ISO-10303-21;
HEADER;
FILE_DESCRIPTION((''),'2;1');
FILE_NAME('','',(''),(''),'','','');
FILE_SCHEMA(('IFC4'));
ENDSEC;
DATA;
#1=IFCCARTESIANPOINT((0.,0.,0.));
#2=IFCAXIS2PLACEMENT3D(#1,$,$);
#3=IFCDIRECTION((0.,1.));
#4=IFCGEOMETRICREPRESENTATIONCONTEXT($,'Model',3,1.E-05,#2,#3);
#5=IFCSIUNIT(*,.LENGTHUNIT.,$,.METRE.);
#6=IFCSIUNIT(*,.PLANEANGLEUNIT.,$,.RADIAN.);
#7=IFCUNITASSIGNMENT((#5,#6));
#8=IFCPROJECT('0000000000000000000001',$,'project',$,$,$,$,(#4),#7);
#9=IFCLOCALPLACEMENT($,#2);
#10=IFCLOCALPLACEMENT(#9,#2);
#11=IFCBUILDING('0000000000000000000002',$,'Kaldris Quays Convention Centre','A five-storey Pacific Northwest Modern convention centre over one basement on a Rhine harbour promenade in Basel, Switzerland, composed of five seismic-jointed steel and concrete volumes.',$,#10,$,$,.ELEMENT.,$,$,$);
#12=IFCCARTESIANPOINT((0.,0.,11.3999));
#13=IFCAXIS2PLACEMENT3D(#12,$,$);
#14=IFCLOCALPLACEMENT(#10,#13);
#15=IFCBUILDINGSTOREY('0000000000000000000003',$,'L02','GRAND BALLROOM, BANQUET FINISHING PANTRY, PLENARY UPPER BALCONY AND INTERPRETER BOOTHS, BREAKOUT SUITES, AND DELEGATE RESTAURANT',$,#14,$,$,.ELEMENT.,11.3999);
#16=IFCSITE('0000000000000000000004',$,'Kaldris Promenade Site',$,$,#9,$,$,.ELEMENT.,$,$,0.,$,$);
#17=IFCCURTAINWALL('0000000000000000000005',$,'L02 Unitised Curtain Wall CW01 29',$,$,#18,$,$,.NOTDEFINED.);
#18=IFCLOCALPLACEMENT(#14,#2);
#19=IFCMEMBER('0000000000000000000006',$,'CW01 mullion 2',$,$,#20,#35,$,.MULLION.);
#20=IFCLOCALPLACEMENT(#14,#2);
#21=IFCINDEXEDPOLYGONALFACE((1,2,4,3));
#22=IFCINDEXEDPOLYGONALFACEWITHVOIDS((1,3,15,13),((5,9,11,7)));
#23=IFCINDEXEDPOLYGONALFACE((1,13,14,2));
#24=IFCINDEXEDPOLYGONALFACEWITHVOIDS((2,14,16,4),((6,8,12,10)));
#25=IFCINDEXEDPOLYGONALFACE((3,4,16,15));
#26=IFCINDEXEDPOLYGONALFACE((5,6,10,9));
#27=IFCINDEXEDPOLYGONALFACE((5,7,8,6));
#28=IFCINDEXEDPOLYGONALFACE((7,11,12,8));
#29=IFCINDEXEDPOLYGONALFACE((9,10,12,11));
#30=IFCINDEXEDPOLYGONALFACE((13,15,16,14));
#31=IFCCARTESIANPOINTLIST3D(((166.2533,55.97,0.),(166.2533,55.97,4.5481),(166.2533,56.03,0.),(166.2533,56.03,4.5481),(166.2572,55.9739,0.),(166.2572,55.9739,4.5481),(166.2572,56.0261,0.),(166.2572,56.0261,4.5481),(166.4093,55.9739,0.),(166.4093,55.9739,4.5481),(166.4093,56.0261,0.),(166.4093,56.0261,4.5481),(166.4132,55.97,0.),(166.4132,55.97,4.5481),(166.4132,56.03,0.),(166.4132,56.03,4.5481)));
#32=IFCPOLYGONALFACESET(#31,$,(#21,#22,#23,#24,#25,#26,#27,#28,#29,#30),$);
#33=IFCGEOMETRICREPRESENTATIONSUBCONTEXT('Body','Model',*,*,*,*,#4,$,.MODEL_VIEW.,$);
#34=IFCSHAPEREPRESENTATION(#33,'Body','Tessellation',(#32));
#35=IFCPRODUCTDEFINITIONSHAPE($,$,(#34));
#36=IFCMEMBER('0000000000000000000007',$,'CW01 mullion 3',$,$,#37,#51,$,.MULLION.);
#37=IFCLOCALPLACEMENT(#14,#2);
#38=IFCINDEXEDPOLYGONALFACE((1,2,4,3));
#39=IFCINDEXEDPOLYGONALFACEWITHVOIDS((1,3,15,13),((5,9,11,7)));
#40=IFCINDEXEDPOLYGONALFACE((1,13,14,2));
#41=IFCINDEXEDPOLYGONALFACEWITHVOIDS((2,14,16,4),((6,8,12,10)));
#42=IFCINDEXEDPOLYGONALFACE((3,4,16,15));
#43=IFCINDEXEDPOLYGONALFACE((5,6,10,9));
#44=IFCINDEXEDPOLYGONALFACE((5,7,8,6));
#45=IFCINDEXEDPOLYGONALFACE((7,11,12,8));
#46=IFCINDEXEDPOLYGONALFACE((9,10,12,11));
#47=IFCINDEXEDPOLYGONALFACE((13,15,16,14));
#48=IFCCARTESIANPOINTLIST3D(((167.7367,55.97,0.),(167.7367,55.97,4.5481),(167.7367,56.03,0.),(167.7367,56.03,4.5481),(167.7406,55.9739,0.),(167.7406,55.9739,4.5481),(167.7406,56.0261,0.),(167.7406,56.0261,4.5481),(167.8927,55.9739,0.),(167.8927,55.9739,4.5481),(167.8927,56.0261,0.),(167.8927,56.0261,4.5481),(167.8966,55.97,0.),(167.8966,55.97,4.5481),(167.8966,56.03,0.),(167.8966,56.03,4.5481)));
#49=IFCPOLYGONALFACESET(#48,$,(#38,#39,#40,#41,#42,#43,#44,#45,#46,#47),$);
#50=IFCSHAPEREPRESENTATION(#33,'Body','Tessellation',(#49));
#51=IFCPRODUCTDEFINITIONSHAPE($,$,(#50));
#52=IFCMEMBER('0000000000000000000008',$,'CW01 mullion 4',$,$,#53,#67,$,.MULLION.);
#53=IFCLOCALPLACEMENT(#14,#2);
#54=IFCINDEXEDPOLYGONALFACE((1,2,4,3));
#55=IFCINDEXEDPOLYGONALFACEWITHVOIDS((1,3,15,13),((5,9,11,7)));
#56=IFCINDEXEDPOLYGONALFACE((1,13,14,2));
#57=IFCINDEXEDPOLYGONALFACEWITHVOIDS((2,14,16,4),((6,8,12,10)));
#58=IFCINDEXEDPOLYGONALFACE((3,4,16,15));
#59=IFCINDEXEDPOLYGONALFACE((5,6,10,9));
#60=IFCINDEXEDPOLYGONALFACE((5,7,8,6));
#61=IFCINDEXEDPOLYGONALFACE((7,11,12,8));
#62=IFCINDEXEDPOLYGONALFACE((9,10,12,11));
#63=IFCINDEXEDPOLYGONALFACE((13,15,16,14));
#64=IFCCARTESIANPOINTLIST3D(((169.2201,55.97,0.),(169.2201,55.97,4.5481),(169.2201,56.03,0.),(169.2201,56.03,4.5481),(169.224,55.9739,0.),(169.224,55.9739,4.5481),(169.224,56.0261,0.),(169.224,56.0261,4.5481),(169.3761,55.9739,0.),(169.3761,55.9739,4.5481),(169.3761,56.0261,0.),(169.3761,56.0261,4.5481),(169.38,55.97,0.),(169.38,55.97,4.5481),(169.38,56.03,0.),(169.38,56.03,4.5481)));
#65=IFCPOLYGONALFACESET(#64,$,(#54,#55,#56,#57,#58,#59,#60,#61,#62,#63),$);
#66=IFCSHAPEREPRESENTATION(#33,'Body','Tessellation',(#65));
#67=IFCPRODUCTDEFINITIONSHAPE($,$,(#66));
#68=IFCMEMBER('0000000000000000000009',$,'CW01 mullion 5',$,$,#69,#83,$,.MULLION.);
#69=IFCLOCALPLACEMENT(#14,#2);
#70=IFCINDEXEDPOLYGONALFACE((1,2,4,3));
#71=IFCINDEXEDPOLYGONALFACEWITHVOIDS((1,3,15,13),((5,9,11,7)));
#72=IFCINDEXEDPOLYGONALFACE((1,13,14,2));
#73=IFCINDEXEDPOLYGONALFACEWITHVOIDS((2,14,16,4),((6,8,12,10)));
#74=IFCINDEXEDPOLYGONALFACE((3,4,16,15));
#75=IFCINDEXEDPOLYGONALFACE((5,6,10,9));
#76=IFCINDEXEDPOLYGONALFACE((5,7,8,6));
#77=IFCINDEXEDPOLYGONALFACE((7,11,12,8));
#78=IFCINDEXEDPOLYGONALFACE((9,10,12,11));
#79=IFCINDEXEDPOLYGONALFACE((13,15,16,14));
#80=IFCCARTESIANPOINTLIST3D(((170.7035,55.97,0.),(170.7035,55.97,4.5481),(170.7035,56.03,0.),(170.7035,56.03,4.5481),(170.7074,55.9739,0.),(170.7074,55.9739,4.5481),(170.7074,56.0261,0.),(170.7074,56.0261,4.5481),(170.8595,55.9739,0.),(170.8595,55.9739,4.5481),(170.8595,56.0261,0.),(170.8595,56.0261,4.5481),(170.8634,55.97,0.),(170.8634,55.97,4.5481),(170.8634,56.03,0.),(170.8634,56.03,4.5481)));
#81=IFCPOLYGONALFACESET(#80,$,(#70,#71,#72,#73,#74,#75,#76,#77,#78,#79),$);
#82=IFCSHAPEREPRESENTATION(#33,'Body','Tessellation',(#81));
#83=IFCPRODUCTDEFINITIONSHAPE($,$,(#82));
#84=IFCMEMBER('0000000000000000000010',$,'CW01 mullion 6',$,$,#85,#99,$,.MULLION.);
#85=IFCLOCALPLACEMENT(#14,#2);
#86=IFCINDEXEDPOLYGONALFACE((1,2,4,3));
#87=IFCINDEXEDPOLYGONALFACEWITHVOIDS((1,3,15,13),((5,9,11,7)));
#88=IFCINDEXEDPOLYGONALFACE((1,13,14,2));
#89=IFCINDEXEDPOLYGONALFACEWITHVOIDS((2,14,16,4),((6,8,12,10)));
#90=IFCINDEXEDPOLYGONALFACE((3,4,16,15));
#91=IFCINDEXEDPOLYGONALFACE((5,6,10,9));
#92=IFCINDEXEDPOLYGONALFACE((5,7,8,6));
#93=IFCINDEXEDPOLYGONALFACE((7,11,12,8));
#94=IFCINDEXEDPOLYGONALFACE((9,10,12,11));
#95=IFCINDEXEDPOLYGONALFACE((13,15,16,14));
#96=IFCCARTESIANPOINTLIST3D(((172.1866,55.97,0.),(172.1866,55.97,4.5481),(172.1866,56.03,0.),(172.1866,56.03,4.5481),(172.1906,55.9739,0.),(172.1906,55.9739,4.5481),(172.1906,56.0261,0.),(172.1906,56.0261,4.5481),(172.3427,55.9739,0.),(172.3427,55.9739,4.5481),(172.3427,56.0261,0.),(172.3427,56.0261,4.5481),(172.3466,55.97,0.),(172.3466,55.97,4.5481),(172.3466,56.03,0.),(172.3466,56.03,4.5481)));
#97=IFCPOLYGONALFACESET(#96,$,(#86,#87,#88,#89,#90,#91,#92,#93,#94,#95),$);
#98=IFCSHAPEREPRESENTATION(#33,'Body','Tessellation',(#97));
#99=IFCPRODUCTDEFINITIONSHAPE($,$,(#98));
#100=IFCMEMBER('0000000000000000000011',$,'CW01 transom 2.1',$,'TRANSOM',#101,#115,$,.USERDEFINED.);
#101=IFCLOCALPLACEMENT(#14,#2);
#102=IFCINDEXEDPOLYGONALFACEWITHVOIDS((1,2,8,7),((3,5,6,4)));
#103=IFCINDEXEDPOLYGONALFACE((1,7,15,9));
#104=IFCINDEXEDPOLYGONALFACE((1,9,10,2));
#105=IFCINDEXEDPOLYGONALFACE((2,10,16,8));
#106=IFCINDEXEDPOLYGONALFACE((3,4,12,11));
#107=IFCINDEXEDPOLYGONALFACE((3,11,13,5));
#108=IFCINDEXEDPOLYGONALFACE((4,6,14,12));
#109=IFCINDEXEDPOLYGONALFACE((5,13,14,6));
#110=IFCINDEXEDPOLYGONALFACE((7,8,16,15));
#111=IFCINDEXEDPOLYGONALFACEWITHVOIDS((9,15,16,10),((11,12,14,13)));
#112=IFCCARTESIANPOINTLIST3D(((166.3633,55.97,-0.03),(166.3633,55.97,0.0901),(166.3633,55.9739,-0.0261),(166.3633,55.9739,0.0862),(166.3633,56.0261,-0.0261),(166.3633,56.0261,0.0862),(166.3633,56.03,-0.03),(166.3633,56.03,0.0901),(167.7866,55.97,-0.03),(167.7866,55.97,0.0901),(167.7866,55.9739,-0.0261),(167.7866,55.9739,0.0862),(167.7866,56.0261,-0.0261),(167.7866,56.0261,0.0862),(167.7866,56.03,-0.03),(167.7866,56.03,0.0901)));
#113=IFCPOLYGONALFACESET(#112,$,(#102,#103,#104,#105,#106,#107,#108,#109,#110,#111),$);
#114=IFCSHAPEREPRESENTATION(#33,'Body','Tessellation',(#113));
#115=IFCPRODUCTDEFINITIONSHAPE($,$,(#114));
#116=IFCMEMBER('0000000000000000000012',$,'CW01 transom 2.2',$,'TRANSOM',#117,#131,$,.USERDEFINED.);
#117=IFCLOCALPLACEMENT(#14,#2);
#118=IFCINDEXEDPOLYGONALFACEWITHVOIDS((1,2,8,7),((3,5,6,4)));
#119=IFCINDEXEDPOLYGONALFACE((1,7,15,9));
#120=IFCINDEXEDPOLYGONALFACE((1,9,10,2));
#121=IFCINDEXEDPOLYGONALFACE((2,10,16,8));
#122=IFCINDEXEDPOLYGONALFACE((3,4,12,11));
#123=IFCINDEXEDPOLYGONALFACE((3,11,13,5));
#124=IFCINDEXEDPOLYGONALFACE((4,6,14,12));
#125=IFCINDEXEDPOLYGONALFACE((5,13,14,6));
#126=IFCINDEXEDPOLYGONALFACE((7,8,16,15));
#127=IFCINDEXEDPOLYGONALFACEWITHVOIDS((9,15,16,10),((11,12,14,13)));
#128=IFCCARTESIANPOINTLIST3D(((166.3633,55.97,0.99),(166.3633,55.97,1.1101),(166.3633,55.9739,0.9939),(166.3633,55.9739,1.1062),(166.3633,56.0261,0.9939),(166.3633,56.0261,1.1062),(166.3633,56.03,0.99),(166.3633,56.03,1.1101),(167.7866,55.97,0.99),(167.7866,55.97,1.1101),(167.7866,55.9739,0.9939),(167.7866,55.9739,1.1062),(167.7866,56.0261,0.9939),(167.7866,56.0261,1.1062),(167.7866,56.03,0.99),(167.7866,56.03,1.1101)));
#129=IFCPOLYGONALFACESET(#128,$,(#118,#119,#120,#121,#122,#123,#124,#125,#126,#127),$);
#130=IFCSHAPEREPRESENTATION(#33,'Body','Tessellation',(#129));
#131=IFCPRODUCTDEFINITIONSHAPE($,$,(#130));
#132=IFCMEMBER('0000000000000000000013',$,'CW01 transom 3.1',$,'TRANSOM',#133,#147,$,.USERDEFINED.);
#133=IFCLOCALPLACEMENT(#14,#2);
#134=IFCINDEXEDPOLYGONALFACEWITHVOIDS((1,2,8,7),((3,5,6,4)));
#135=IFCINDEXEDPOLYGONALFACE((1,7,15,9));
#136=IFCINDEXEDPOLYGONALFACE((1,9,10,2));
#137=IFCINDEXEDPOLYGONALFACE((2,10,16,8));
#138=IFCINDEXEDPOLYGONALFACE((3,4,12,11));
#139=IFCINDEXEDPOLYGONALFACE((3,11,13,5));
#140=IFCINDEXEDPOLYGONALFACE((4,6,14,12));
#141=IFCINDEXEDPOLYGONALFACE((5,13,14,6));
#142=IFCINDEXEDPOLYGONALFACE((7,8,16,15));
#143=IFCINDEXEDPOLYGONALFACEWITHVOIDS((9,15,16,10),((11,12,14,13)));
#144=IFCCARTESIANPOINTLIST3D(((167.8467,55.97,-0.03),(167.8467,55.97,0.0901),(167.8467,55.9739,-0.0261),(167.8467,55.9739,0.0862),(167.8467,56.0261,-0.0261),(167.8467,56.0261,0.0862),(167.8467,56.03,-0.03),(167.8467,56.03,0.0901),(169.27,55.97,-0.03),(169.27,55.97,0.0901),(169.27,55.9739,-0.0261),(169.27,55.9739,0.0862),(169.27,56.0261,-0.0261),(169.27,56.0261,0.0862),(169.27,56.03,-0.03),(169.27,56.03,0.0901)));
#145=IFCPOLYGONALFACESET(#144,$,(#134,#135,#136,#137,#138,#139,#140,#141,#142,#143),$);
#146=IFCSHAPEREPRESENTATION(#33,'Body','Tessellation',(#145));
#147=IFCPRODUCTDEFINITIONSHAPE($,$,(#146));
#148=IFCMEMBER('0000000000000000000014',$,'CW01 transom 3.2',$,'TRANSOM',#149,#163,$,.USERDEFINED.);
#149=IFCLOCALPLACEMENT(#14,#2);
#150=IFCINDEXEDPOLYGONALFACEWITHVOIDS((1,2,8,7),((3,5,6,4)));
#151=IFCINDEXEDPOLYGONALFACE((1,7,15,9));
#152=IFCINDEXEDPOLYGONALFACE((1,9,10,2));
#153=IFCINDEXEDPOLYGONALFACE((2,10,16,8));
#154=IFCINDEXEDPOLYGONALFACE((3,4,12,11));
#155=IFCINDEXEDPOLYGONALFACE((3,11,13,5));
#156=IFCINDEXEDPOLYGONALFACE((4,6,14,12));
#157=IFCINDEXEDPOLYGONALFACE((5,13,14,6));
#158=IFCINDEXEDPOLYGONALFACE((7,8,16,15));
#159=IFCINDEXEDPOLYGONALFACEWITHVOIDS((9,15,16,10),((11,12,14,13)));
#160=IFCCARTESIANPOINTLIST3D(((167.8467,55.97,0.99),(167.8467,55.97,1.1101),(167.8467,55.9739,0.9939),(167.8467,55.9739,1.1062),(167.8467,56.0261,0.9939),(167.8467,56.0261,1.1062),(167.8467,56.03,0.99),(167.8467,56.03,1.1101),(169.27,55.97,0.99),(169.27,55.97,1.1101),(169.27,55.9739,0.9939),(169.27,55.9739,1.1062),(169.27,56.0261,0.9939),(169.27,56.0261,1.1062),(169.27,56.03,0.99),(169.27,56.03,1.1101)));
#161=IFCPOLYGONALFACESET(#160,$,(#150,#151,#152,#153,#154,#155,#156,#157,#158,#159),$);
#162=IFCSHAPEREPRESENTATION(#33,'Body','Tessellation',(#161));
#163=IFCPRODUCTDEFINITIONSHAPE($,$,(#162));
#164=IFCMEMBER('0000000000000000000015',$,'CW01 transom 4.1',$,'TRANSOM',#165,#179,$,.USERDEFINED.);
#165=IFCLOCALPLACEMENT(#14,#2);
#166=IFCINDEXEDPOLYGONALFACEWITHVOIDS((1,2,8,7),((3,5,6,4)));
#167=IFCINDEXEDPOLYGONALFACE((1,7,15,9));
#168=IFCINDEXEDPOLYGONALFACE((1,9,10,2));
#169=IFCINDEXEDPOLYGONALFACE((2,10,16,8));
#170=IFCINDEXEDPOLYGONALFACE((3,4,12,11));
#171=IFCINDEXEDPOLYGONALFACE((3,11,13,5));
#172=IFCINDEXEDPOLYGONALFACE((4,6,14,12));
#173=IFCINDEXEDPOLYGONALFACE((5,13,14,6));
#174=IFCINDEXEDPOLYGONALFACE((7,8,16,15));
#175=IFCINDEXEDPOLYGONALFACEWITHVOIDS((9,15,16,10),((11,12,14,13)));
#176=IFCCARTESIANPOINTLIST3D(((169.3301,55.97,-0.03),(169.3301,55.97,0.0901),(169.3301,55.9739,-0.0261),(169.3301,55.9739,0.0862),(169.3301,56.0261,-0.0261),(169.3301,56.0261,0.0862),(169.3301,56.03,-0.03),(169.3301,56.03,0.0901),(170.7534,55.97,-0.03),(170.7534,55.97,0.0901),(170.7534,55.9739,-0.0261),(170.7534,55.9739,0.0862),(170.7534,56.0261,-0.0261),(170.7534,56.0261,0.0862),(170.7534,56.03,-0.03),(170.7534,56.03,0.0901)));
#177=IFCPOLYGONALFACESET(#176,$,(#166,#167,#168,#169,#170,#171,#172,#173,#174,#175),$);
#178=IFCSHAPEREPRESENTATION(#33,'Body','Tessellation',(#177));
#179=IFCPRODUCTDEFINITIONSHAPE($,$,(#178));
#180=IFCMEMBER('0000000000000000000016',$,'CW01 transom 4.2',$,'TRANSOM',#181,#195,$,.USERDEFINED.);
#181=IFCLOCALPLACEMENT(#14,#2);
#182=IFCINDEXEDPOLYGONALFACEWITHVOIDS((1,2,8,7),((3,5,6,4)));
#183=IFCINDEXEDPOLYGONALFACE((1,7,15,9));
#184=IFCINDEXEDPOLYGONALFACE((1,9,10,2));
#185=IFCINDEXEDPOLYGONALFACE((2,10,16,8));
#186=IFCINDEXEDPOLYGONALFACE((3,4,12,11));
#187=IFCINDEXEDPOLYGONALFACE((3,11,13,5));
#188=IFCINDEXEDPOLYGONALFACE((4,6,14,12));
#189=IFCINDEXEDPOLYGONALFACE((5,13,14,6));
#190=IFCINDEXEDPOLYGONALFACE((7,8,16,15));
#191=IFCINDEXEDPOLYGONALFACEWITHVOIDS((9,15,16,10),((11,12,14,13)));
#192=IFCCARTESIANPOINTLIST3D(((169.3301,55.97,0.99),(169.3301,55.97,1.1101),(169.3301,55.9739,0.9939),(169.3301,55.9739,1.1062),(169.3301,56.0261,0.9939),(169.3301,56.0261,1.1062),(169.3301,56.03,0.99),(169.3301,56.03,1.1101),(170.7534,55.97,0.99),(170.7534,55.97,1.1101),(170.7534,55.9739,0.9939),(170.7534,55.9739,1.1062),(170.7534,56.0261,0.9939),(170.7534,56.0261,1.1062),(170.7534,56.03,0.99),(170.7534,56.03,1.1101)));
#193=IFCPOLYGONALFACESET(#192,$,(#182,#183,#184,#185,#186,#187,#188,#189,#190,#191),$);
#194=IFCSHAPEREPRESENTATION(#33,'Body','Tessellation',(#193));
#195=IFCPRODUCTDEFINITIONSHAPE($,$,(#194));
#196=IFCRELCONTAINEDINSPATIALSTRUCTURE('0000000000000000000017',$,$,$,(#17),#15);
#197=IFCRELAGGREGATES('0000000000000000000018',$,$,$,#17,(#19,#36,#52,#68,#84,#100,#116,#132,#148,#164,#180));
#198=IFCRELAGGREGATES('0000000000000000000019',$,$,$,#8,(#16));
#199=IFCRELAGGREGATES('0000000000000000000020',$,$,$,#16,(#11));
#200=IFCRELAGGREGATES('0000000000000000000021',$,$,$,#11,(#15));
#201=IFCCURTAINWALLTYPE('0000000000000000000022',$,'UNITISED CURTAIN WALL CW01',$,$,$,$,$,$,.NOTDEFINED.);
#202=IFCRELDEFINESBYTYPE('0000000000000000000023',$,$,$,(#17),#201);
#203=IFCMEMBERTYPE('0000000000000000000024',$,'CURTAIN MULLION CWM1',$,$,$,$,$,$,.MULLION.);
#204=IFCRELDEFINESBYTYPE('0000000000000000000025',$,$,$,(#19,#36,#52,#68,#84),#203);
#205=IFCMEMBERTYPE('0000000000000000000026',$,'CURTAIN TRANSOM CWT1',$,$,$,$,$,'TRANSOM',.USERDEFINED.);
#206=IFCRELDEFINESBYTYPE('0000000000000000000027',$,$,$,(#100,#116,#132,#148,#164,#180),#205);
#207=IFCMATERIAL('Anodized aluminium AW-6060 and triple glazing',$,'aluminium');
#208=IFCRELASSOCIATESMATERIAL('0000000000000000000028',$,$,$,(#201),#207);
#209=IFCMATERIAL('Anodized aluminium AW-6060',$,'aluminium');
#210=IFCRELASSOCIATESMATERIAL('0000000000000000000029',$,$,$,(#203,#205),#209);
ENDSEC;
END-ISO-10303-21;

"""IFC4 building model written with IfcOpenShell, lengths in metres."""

from ifc_helpers import new_model, si_unit, direction, frame, origin, origin_2d, place, context, subcontext, project, spatial, hollow_rectangle, extrude, material, material_profile, profile_set, type_object, element, aggregate, save


model = new_model("IFC4")

# Units and contexts
model_context = context("Model", 3, precision=1e-05, world=origin(), true_north=direction((0.0, 1.0)))
body_context = subcontext(model_context, "Body", "Model", "MODEL_VIEW")
ifc_project = project(units=[si_unit("LENGTHUNIT", "METRE"), si_unit("PLANEANGLEUNIT", "RADIAN")], contexts=[model_context])

# Site, building, storey
site_placement = place(None, origin())
site = spatial("IfcSite", under=ifc_project, at=site_placement, Name="Kaldris Promenade Site", CompositionType="ELEMENT", RefElevation=0.0)
building_placement = place(site_placement, origin())
building = spatial("IfcBuilding", under=site, at=building_placement, Name="Kaldris Quays Convention Centre", Description="A five-storey Pacific Northwest Modern convention centre over one basement on a Rhine harbour promenade in Basel, Switzerland, composed of five seismic-jointed steel and concrete volumes.", CompositionType="ELEMENT")
storey_placement = place(building_placement, frame((0.0, 0.0, 11.3999)))
storey = spatial("IfcBuildingStorey", under=building, at=storey_placement, Name="L02", Description="GRAND BALLROOM, BANQUET FINISHING PANTRY, PLENARY UPPER BALCONY AND INTERPRETER BOOTHS, BREAKOUT SUITES, AND DELEGATE RESTAURANT", CompositionType="ELEMENT", Elevation=11.3999)

# Curtain wall, members
ifc_material_1 = material(Name="Anodized aluminium AW-6060 and triple glazing", Category="aluminium")
curtain_wall_type = type_object("IfcCurtainWallType", Name="UNITISED CURTAIN WALL CW01", PredefinedType="NOTDEFINED", material=ifc_material_1)
curtain_wall_placement = place(storey_placement, origin())
curtain_wall = element("IfcCurtainWall", 1, at=curtain_wall_placement, inside=storey, type_object=curtain_wall_type, Name="L02 Unitised Curtain Wall CW01 29", PredefinedType="NOTDEFINED")
ifc_material_2 = material(Name="Anodized aluminium AW-6060", Category="aluminium")
ifc_material_profile_1 = material_profile(ifc_material_2, hollow_rectangle(XDim=0.0601, YDim=0.1599, WallThickness=0.0039, at=origin_2d()), Name="RHS 160x60x4")
ifc_profile_set_1 = profile_set([ifc_material_profile_1], Name="Anodized aluminium AW-6060")
member_type_1 = type_object("IfcMemberType", Name="CURTAIN MULLION CWM1", PredefinedType="MULLION", material=ifc_profile_set_1)
member_1_placement = place(storey_placement, frame((166.3333, 56.0, 0.0), z_axis=(0.0, 0.0, 1.0), x_axis=(0.0, 1.0, 0.0)))
member_1 = element("IfcMember", 2, at=member_1_placement, type_object=member_type_1, Name="CW01 mullion 2", PredefinedType="MULLION", context=body_context, shape_type="SweptSolid", body=[
    extrude(hollow_rectangle(XDim=0.0601, YDim=0.1599, WallThickness=0.0039, at=origin_2d()), origin(), (0.0, 0.0, 1.0), 4.5481),
])
member_2_placement = place(storey_placement, frame((167.8167, 56.0, 0.0), z_axis=(0.0, 0.0, 1.0), x_axis=(0.0, 1.0, 0.0)))
member_2 = element("IfcMember", 3, at=member_2_placement, type_object=member_type_1, Name="CW01 mullion 3", PredefinedType="MULLION", context=body_context, shape_type="SweptSolid", body=[
    extrude(hollow_rectangle(XDim=0.0601, YDim=0.1599, WallThickness=0.0039, at=origin_2d()), origin(), (0.0, 0.0, 1.0), 4.5481),
])
member_3_placement = place(storey_placement, frame((169.3, 56.0, 0.0), z_axis=(0.0, 0.0, 1.0), x_axis=(0.0, 1.0, 0.0)))
member_3 = element("IfcMember", 4, at=member_3_placement, type_object=member_type_1, Name="CW01 mullion 4", PredefinedType="MULLION", context=body_context, shape_type="SweptSolid", body=[
    extrude(hollow_rectangle(XDim=0.0601, YDim=0.1599, WallThickness=0.0039, at=origin_2d()), origin(), (0.0, 0.0, 1.0), 4.5481),
])
member_4_placement = place(storey_placement, frame((170.7834, 56.0, 0.0), z_axis=(0.0, 0.0, 1.0), x_axis=(0.0, 1.0, 0.0)))
member_4 = element("IfcMember", 5, at=member_4_placement, type_object=member_type_1, Name="CW01 mullion 5", PredefinedType="MULLION", context=body_context, shape_type="SweptSolid", body=[
    extrude(hollow_rectangle(XDim=0.0601, YDim=0.1599, WallThickness=0.0039, at=origin_2d()), origin(), (0.0, 0.0, 1.0), 4.5481),
])
member_5_placement = place(storey_placement, frame((172.2666, 56.0, 0.0), z_axis=(0.0, 0.0, 1.0), x_axis=(0.0, 1.0, 0.0)))
member_5 = element("IfcMember", 6, at=member_5_placement, type_object=member_type_1, Name="CW01 mullion 6", PredefinedType="MULLION", context=body_context, shape_type="SweptSolid", body=[
    extrude(hollow_rectangle(XDim=0.0601, YDim=0.1599, WallThickness=0.0039, at=origin_2d()), origin(), (0.0, 0.0, 1.0), 4.5481),
])
ifc_material_profile_2 = material_profile(ifc_material_2, hollow_rectangle(XDim=0.0601, YDim=0.1201, WallThickness=0.0039, at=origin_2d()), Name="RHS 120x60x4")
ifc_profile_set_2 = profile_set([ifc_material_profile_2], Name="Anodized aluminium AW-6060")
member_type_2 = type_object("IfcMemberType", Name="CURTAIN TRANSOM CWT1", ElementType="TRANSOM", PredefinedType="USERDEFINED", material=ifc_profile_set_2)
member_6_placement = place(storey_placement, frame((166.3633, 56.0, 0.03), z_axis=(1.0, 0.0, 0.0), x_axis=(0.0, 1.0, 0.0)))
member_6 = element("IfcMember", 7, at=member_6_placement, type_object=member_type_2, Name="CW01 transom 2.1", ObjectType="TRANSOM", PredefinedType="USERDEFINED", context=body_context, shape_type="SweptSolid", body=[
    extrude(hollow_rectangle(XDim=0.0601, YDim=0.1201, WallThickness=0.0039, at=origin_2d()), origin(), (0.0, 0.0, 1.0), 1.4233),
])
member_7_placement = place(storey_placement, frame((166.3633, 56.0, 1.05), z_axis=(1.0, 0.0, 0.0), x_axis=(0.0, 1.0, 0.0)))
member_7 = element("IfcMember", 8, at=member_7_placement, type_object=member_type_2, Name="CW01 transom 2.2", ObjectType="TRANSOM", PredefinedType="USERDEFINED", context=body_context, shape_type="SweptSolid", body=[
    extrude(hollow_rectangle(XDim=0.0601, YDim=0.1201, WallThickness=0.0039, at=origin_2d()), origin(), (0.0, 0.0, 1.0), 1.4233),
])
member_8_placement = place(storey_placement, frame((167.8467, 56.0, 0.03), z_axis=(1.0, 0.0, 0.0), x_axis=(0.0, 1.0, 0.0)))
member_8 = element("IfcMember", 9, at=member_8_placement, type_object=member_type_2, Name="CW01 transom 3.1", ObjectType="TRANSOM", PredefinedType="USERDEFINED", context=body_context, shape_type="SweptSolid", body=[
    extrude(hollow_rectangle(XDim=0.0601, YDim=0.1201, WallThickness=0.0039, at=origin_2d()), origin(), (0.0, 0.0, 1.0), 1.4233),
])
member_9_placement = place(storey_placement, frame((167.8467, 56.0, 1.05), z_axis=(1.0, 0.0, 0.0), x_axis=(0.0, 1.0, 0.0)))
member_9 = element("IfcMember", 10, at=member_9_placement, type_object=member_type_2, Name="CW01 transom 3.2", ObjectType="TRANSOM", PredefinedType="USERDEFINED", context=body_context, shape_type="SweptSolid", body=[
    extrude(hollow_rectangle(XDim=0.0601, YDim=0.1201, WallThickness=0.0039, at=origin_2d()), origin(), (0.0, 0.0, 1.0), 1.4233),
])
member_10_placement = place(storey_placement, frame((169.3301, 56.0, 0.03), z_axis=(1.0, 0.0, 0.0), x_axis=(0.0, 1.0, 0.0)))
member_10 = element("IfcMember", 11, at=member_10_placement, type_object=member_type_2, Name="CW01 transom 4.1", ObjectType="TRANSOM", PredefinedType="USERDEFINED", context=body_context, shape_type="SweptSolid", body=[
    extrude(hollow_rectangle(XDim=0.0601, YDim=0.1201, WallThickness=0.0039, at=origin_2d()), origin(), (0.0, 0.0, 1.0), 1.4233),
])
member_11_placement = place(storey_placement, frame((169.3301, 56.0, 1.05), z_axis=(1.0, 0.0, 0.0), x_axis=(0.0, 1.0, 0.0)))
member_11 = element("IfcMember", 12, at=member_11_placement, type_object=member_type_2, Name="CW01 transom 4.2", ObjectType="TRANSOM", PredefinedType="USERDEFINED", context=body_context, shape_type="SweptSolid", body=[
    extrude(hollow_rectangle(XDim=0.0601, YDim=0.1201, WallThickness=0.0039, at=origin_2d()), origin(), (0.0, 0.0, 1.0), 1.4233),
])
aggregate(curtain_wall, [member_1, member_2, member_3, member_4, member_5, member_6, member_7, member_8, member_9, member_10, member_11])

save(model, "model.ifc")
